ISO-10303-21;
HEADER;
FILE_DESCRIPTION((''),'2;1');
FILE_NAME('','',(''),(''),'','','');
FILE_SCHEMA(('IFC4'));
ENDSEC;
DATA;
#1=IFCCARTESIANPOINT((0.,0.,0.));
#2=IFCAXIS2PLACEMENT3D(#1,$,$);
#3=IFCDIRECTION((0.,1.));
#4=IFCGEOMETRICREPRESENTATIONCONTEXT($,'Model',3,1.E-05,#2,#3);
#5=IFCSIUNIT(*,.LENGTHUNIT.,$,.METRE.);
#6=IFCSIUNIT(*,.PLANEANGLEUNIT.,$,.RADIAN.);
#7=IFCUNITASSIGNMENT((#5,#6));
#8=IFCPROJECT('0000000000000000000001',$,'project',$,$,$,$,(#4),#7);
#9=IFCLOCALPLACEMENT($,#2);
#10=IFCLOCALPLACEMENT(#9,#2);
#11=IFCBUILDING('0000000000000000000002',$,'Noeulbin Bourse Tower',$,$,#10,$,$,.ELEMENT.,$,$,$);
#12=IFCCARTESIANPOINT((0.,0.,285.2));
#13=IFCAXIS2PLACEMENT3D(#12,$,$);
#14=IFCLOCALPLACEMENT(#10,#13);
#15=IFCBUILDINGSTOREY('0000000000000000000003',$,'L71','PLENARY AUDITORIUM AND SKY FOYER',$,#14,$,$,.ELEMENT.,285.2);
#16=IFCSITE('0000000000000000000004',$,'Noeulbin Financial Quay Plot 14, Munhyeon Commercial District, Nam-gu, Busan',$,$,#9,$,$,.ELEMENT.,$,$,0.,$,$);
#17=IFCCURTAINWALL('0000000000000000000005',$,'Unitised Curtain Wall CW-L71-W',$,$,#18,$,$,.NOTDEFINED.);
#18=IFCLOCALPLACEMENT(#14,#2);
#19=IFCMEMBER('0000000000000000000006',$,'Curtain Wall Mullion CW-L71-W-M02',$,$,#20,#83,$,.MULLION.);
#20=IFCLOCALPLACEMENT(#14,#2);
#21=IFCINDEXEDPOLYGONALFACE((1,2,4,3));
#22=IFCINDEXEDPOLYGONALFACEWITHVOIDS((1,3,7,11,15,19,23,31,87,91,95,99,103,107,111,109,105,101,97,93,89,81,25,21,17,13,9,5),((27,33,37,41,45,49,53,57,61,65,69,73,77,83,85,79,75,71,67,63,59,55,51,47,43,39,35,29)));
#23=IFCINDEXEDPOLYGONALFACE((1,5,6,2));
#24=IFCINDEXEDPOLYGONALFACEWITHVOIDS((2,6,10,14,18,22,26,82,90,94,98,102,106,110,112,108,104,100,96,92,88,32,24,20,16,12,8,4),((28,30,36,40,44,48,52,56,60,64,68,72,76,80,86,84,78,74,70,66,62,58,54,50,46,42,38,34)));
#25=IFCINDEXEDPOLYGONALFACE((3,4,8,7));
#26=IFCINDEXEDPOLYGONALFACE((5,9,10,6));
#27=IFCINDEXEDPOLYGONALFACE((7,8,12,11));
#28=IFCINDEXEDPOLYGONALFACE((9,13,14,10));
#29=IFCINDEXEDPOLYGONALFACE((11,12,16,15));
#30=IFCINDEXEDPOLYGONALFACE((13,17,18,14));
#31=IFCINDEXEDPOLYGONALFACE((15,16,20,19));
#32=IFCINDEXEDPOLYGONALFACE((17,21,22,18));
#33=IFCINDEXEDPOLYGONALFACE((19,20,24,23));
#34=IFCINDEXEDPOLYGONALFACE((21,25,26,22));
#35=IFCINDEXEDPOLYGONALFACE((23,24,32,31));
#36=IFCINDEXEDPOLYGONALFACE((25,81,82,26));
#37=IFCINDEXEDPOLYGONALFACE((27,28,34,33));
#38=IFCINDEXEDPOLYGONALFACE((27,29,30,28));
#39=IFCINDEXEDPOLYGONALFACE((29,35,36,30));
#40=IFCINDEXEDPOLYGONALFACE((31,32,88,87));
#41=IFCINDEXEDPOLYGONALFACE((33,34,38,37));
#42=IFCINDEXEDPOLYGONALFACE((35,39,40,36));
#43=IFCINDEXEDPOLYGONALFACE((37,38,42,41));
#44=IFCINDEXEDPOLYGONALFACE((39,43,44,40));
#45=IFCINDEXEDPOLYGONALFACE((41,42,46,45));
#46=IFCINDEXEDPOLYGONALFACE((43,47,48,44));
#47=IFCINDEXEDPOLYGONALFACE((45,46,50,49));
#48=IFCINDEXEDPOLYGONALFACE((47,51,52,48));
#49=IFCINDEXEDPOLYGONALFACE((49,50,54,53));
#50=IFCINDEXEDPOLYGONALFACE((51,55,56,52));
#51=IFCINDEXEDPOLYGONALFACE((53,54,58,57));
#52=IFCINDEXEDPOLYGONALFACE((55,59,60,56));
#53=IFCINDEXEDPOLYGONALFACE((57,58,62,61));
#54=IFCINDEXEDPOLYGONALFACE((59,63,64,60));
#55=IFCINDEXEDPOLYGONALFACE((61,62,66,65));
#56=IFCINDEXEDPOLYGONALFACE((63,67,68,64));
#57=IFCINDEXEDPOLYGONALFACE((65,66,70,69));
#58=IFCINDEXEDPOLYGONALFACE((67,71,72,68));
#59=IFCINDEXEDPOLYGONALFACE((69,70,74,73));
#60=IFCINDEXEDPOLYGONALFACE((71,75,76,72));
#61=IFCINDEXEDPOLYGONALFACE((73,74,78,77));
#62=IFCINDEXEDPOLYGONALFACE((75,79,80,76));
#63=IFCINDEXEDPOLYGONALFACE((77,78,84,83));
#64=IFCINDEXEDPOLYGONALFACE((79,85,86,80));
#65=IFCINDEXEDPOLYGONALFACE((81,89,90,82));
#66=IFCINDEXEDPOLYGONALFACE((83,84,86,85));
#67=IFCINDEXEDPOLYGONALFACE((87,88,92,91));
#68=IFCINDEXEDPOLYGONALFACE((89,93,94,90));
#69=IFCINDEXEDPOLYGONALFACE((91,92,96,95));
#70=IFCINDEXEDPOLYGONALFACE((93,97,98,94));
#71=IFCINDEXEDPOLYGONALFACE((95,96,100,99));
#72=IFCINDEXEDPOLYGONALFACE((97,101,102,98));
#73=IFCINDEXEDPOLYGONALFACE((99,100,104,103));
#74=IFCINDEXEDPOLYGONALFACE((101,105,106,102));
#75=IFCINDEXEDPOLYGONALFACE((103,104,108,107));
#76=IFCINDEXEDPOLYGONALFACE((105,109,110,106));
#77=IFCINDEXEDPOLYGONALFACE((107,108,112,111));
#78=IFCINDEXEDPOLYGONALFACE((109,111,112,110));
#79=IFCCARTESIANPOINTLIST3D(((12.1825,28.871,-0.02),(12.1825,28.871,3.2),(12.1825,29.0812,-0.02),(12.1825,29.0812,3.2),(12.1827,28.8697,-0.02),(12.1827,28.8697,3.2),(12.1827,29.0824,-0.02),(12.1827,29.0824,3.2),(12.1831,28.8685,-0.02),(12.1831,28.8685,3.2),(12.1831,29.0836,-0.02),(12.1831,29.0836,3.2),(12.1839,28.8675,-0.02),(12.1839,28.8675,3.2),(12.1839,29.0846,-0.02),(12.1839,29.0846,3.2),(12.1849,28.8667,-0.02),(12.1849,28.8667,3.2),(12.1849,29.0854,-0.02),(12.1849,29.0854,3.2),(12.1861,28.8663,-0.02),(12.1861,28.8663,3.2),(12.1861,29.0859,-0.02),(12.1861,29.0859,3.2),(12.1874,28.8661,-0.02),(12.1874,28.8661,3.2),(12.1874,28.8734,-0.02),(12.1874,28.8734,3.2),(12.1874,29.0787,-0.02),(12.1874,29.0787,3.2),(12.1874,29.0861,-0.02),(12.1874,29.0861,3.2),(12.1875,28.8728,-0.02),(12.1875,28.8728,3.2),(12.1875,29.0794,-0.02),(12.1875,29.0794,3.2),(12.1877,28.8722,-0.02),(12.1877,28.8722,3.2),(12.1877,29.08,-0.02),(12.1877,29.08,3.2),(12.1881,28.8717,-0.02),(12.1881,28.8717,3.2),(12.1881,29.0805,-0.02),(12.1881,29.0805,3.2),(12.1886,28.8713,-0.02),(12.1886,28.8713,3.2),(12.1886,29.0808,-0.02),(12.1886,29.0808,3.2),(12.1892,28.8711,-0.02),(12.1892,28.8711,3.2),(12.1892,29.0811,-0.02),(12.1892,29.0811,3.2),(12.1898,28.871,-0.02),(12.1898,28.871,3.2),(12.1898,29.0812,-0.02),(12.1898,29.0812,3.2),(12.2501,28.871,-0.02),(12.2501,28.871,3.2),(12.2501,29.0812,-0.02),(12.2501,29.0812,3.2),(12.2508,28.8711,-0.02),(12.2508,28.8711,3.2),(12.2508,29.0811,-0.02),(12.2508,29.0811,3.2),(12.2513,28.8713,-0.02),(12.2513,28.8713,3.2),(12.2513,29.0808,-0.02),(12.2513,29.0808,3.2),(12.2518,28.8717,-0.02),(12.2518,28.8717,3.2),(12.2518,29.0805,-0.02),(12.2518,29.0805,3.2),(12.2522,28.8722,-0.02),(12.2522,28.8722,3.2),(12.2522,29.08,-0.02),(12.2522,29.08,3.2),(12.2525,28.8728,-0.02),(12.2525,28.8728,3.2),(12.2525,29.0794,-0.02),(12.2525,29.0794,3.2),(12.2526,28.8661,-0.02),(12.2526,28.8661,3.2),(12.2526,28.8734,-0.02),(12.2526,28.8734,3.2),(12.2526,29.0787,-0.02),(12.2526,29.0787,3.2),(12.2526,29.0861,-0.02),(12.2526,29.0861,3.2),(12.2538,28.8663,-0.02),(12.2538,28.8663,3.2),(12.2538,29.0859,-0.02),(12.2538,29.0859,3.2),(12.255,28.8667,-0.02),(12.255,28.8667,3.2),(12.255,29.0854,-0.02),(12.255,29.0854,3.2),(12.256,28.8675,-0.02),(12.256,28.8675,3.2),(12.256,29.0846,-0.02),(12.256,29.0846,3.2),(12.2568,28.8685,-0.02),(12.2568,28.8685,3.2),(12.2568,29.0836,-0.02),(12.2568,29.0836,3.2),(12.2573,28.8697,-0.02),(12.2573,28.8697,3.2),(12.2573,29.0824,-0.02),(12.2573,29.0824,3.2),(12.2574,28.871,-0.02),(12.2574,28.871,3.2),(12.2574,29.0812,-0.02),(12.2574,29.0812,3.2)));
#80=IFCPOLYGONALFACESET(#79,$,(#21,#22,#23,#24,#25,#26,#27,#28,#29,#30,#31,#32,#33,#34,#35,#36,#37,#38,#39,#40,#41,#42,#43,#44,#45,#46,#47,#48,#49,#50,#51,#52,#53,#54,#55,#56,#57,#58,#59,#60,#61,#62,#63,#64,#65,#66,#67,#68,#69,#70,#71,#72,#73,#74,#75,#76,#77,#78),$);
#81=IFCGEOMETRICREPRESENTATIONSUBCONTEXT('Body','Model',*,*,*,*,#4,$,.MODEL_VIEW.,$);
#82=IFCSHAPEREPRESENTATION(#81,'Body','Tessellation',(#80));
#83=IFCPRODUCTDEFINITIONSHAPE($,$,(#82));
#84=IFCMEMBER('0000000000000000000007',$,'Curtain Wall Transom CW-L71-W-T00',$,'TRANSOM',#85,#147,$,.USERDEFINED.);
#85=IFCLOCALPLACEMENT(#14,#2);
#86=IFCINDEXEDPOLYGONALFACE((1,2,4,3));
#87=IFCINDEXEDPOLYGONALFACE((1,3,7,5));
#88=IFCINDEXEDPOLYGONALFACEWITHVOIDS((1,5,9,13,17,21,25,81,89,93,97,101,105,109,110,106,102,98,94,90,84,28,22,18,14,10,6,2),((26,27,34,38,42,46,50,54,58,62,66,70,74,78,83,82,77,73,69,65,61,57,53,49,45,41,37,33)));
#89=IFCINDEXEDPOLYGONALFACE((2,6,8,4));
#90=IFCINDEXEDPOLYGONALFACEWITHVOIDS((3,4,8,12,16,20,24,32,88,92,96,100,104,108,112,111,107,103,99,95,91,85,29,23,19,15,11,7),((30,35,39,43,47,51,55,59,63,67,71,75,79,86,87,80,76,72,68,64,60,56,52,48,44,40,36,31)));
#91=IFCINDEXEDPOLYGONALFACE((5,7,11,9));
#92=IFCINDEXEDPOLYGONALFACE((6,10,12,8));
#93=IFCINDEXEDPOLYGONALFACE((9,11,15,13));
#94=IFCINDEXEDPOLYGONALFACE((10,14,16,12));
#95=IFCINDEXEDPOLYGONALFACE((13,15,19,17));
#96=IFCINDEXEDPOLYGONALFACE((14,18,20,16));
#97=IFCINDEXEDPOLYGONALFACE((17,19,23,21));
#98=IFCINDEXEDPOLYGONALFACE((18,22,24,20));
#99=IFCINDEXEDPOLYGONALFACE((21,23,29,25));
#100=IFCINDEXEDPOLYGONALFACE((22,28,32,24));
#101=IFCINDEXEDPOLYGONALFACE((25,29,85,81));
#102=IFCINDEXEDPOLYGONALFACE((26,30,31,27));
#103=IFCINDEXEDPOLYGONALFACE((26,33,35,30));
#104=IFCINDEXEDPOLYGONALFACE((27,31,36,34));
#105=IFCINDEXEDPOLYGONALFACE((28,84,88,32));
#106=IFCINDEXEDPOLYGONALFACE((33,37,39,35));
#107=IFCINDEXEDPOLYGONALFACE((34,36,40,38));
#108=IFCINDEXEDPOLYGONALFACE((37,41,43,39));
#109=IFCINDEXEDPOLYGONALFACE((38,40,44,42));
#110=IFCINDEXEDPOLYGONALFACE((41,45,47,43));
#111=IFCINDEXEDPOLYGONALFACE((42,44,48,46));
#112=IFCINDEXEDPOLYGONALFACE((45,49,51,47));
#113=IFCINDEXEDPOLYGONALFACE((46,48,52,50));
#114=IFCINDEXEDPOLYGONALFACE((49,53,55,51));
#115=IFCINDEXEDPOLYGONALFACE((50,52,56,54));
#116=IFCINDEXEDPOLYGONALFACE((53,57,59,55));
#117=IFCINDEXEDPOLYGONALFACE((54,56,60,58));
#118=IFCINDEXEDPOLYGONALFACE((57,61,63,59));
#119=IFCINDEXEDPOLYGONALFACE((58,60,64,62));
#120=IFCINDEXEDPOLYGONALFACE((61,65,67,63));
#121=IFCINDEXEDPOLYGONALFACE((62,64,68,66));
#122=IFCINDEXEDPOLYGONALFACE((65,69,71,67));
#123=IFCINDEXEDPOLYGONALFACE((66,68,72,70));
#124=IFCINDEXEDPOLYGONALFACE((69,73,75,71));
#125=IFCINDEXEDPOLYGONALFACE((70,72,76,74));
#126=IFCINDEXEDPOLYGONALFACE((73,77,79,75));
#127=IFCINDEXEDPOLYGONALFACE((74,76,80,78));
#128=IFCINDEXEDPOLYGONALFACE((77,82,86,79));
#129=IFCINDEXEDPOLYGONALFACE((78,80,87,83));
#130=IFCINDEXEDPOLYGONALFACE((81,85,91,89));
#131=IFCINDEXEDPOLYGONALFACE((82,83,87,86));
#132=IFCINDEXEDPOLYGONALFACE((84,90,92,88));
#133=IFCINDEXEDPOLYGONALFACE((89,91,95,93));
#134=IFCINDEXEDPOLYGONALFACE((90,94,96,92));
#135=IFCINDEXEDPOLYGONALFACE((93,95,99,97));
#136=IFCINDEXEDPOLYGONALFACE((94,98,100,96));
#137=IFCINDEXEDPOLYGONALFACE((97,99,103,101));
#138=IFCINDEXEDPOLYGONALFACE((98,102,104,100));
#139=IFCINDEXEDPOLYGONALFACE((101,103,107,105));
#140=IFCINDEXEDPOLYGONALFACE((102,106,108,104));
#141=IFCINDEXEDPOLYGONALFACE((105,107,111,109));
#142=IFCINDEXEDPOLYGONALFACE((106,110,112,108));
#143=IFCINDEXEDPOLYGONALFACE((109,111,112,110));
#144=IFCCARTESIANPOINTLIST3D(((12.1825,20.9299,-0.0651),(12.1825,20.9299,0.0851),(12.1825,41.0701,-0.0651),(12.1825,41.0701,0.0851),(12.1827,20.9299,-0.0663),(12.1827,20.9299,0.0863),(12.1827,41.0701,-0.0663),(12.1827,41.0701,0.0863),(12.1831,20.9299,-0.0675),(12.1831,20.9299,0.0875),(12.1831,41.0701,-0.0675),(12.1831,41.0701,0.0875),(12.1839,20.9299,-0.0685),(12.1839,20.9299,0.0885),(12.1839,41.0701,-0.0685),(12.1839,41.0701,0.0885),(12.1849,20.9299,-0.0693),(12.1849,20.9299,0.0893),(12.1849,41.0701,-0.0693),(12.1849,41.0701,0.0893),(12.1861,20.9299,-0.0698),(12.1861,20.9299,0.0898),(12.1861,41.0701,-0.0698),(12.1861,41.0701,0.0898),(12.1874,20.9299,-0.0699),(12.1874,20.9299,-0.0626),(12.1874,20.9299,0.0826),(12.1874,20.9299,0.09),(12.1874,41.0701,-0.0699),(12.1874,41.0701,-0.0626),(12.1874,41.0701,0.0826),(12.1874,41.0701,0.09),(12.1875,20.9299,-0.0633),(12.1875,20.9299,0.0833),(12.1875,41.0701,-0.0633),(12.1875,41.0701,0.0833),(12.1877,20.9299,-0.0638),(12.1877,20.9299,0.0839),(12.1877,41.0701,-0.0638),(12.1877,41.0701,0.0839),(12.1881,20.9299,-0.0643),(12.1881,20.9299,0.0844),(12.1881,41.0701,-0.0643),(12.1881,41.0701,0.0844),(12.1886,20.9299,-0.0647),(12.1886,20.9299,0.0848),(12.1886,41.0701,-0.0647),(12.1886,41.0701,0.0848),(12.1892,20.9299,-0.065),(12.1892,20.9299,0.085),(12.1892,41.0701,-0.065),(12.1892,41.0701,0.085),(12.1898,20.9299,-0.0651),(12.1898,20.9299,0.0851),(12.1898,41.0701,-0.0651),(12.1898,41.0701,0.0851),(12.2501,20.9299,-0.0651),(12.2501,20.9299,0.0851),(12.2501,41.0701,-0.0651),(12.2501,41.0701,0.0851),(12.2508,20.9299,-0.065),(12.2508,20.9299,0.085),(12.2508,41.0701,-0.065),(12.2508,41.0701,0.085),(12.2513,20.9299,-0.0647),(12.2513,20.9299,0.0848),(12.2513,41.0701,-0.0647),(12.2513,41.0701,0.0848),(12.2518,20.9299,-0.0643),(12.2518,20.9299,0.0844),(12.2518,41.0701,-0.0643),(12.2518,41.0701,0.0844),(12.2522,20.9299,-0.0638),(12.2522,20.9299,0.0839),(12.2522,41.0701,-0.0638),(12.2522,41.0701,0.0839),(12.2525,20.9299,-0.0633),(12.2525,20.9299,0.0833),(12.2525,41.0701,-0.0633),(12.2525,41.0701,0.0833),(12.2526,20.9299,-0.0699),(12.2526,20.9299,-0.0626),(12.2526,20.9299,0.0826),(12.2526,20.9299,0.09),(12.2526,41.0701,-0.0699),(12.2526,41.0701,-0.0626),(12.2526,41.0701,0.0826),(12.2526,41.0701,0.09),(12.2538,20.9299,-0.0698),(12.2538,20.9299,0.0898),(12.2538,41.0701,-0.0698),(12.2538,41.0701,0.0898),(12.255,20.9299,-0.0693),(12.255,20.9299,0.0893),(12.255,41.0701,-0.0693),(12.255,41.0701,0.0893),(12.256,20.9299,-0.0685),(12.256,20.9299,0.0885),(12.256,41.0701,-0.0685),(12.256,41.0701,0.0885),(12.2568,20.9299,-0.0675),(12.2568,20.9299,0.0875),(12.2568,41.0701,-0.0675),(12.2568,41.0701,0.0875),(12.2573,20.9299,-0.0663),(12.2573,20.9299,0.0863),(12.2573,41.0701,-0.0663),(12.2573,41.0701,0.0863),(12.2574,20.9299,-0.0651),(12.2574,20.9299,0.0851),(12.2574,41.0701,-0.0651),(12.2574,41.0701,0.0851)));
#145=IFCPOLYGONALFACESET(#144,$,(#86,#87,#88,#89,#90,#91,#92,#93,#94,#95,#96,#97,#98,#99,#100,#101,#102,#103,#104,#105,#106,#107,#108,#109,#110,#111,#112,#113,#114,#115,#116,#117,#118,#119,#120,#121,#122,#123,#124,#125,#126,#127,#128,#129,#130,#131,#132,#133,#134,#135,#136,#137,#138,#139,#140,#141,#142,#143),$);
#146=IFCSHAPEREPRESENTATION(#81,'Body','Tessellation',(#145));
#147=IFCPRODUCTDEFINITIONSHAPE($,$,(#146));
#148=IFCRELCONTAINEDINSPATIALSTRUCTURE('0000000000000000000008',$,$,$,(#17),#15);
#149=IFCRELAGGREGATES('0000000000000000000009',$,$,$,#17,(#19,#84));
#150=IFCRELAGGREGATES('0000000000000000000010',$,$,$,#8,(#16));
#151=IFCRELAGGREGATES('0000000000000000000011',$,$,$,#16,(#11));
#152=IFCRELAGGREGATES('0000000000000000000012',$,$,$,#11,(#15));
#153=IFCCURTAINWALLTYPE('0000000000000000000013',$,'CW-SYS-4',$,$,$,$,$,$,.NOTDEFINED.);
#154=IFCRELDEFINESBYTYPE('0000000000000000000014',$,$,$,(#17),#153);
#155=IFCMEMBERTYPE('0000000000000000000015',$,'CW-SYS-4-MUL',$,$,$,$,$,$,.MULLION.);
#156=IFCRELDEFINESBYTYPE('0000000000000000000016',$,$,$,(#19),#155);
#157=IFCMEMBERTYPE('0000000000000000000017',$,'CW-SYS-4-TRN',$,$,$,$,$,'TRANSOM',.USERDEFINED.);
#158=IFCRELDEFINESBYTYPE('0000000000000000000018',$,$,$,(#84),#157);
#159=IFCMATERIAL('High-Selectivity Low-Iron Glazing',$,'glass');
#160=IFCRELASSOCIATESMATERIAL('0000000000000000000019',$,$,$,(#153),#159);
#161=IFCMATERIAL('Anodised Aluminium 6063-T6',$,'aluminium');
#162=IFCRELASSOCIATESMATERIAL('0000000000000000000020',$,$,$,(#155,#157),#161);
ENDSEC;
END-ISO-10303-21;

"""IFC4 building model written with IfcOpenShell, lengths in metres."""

from ifc_helpers import new_model, si_unit, direction, frame, origin, origin_2d, place, context, subcontext, project, spatial, hollow_rectangle, extrude, material, material_profile, profile_set, type_object, element, aggregate, save


model = new_model("IFC4")

# Units and contexts
model_context = context("Model", 3, precision=1e-05, world=origin(), true_north=direction((0.0, 1.0)))
body_context = subcontext(model_context, "Body", "Model", "MODEL_VIEW")
ifc_project = project(units=[si_unit("LENGTHUNIT", "METRE"), si_unit("PLANEANGLEUNIT", "RADIAN")], contexts=[model_context])

# Site, building, storey
site_placement = place(None, origin())
site = spatial("IfcSite", under=ifc_project, at=site_placement, Name="Noeulbin Financial Quay Plot 14, Munhyeon Commercial District, Nam-gu, Busan", CompositionType="ELEMENT", RefElevation=0.0)
building_placement = place(site_placement, origin())
building = spatial("IfcBuilding", under=site, at=building_placement, Name="Noeulbin Bourse Tower", CompositionType="ELEMENT")
storey_placement = place(building_placement, frame((0.0, 0.0, 285.2)))
storey = spatial("IfcBuildingStorey", under=building, at=storey_placement, Name="L71", Description="PLENARY AUDITORIUM AND SKY FOYER", CompositionType="ELEMENT", Elevation=285.2)

# Curtain wall, members
ifc_material_1 = material(Name="High-Selectivity Low-Iron Glazing", Category="glass")
curtain_wall_type = type_object("IfcCurtainWallType", Name="CW-SYS-4", PredefinedType="NOTDEFINED", material=ifc_material_1)
curtain_wall_placement = place(storey_placement, origin())
curtain_wall = element("IfcCurtainWall", 1, at=curtain_wall_placement, inside=storey, type_object=curtain_wall_type, Name="Unitised Curtain Wall CW-L71-W", PredefinedType="NOTDEFINED")
ifc_material_2 = material(Name="Anodised Aluminium 6063-T6", Category="aluminium")
ifc_material_profile_1 = material_profile(ifc_material_2, hollow_rectangle(XDim=0.075, YDim=0.22, WallThickness=0.0049, InnerFilletRadius=0.0024, OuterFilletRadius=0.0049, at=origin_2d()), Name="ALU-MULL-75x220x5", Category="LoadBearing")
ifc_profile_set_1 = profile_set([ifc_material_profile_1], Name="Anodised Aluminium 6063-T6")
member_type_1 = type_object("IfcMemberType", Name="CW-SYS-4-MUL", PredefinedType="MULLION", material=ifc_profile_set_1)
member_1_placement = place(storey_placement, frame((12.22, 28.9761, -0.02), z_axis=(0.0, 0.0, 1.0), x_axis=(1.0, 0.0, 0.0)))
member_1 = element("IfcMember", 2, at=member_1_placement, type_object=member_type_1, Name="Curtain Wall Mullion CW-L71-W-M02", PredefinedType="MULLION", context=body_context, shape_type="SweptSolid", body=[
    extrude(hollow_rectangle(XDim=0.075, YDim=0.22, WallThickness=0.0049, InnerFilletRadius=0.0024, OuterFilletRadius=0.0049, at=origin_2d()), origin(), (0.0, 0.0, 1.0), 3.22),
])
ifc_material_profile_2 = material_profile(ifc_material_2, hollow_rectangle(XDim=0.075, YDim=0.1599, WallThickness=0.0049, InnerFilletRadius=0.0024, OuterFilletRadius=0.0049, at=origin_2d()), Name="ALU-TRAN-75x160x5", Category="LoadBearing")
ifc_profile_set_2 = profile_set([ifc_material_profile_2], Name="Anodised Aluminium 6063-T6")
member_type_2 = type_object("IfcMemberType", Name="CW-SYS-4-TRN", ElementType="TRANSOM", PredefinedType="USERDEFINED", material=ifc_profile_set_2)
member_2_placement = place(storey_placement, frame((12.22, 20.9299, 0.01), z_axis=(0.0, 1.0, 0.0), x_axis=(-1.0, 0.0, 0.0)))
member_2 = element("IfcMember", 3, at=member_2_placement, type_object=member_type_2, Name="Curtain Wall Transom CW-L71-W-T00", ObjectType="TRANSOM", PredefinedType="USERDEFINED", context=body_context, shape_type="SweptSolid", body=[
    extrude(hollow_rectangle(XDim=0.075, YDim=0.1599, WallThickness=0.0049, InnerFilletRadius=0.0024, OuterFilletRadius=0.0049, at=origin_2d()), origin(), (0.0, 0.0, 1.0), 20.1401),
])
aggregate(curtain_wall, [member_1, member_2])

save(model, "model.ifc")
